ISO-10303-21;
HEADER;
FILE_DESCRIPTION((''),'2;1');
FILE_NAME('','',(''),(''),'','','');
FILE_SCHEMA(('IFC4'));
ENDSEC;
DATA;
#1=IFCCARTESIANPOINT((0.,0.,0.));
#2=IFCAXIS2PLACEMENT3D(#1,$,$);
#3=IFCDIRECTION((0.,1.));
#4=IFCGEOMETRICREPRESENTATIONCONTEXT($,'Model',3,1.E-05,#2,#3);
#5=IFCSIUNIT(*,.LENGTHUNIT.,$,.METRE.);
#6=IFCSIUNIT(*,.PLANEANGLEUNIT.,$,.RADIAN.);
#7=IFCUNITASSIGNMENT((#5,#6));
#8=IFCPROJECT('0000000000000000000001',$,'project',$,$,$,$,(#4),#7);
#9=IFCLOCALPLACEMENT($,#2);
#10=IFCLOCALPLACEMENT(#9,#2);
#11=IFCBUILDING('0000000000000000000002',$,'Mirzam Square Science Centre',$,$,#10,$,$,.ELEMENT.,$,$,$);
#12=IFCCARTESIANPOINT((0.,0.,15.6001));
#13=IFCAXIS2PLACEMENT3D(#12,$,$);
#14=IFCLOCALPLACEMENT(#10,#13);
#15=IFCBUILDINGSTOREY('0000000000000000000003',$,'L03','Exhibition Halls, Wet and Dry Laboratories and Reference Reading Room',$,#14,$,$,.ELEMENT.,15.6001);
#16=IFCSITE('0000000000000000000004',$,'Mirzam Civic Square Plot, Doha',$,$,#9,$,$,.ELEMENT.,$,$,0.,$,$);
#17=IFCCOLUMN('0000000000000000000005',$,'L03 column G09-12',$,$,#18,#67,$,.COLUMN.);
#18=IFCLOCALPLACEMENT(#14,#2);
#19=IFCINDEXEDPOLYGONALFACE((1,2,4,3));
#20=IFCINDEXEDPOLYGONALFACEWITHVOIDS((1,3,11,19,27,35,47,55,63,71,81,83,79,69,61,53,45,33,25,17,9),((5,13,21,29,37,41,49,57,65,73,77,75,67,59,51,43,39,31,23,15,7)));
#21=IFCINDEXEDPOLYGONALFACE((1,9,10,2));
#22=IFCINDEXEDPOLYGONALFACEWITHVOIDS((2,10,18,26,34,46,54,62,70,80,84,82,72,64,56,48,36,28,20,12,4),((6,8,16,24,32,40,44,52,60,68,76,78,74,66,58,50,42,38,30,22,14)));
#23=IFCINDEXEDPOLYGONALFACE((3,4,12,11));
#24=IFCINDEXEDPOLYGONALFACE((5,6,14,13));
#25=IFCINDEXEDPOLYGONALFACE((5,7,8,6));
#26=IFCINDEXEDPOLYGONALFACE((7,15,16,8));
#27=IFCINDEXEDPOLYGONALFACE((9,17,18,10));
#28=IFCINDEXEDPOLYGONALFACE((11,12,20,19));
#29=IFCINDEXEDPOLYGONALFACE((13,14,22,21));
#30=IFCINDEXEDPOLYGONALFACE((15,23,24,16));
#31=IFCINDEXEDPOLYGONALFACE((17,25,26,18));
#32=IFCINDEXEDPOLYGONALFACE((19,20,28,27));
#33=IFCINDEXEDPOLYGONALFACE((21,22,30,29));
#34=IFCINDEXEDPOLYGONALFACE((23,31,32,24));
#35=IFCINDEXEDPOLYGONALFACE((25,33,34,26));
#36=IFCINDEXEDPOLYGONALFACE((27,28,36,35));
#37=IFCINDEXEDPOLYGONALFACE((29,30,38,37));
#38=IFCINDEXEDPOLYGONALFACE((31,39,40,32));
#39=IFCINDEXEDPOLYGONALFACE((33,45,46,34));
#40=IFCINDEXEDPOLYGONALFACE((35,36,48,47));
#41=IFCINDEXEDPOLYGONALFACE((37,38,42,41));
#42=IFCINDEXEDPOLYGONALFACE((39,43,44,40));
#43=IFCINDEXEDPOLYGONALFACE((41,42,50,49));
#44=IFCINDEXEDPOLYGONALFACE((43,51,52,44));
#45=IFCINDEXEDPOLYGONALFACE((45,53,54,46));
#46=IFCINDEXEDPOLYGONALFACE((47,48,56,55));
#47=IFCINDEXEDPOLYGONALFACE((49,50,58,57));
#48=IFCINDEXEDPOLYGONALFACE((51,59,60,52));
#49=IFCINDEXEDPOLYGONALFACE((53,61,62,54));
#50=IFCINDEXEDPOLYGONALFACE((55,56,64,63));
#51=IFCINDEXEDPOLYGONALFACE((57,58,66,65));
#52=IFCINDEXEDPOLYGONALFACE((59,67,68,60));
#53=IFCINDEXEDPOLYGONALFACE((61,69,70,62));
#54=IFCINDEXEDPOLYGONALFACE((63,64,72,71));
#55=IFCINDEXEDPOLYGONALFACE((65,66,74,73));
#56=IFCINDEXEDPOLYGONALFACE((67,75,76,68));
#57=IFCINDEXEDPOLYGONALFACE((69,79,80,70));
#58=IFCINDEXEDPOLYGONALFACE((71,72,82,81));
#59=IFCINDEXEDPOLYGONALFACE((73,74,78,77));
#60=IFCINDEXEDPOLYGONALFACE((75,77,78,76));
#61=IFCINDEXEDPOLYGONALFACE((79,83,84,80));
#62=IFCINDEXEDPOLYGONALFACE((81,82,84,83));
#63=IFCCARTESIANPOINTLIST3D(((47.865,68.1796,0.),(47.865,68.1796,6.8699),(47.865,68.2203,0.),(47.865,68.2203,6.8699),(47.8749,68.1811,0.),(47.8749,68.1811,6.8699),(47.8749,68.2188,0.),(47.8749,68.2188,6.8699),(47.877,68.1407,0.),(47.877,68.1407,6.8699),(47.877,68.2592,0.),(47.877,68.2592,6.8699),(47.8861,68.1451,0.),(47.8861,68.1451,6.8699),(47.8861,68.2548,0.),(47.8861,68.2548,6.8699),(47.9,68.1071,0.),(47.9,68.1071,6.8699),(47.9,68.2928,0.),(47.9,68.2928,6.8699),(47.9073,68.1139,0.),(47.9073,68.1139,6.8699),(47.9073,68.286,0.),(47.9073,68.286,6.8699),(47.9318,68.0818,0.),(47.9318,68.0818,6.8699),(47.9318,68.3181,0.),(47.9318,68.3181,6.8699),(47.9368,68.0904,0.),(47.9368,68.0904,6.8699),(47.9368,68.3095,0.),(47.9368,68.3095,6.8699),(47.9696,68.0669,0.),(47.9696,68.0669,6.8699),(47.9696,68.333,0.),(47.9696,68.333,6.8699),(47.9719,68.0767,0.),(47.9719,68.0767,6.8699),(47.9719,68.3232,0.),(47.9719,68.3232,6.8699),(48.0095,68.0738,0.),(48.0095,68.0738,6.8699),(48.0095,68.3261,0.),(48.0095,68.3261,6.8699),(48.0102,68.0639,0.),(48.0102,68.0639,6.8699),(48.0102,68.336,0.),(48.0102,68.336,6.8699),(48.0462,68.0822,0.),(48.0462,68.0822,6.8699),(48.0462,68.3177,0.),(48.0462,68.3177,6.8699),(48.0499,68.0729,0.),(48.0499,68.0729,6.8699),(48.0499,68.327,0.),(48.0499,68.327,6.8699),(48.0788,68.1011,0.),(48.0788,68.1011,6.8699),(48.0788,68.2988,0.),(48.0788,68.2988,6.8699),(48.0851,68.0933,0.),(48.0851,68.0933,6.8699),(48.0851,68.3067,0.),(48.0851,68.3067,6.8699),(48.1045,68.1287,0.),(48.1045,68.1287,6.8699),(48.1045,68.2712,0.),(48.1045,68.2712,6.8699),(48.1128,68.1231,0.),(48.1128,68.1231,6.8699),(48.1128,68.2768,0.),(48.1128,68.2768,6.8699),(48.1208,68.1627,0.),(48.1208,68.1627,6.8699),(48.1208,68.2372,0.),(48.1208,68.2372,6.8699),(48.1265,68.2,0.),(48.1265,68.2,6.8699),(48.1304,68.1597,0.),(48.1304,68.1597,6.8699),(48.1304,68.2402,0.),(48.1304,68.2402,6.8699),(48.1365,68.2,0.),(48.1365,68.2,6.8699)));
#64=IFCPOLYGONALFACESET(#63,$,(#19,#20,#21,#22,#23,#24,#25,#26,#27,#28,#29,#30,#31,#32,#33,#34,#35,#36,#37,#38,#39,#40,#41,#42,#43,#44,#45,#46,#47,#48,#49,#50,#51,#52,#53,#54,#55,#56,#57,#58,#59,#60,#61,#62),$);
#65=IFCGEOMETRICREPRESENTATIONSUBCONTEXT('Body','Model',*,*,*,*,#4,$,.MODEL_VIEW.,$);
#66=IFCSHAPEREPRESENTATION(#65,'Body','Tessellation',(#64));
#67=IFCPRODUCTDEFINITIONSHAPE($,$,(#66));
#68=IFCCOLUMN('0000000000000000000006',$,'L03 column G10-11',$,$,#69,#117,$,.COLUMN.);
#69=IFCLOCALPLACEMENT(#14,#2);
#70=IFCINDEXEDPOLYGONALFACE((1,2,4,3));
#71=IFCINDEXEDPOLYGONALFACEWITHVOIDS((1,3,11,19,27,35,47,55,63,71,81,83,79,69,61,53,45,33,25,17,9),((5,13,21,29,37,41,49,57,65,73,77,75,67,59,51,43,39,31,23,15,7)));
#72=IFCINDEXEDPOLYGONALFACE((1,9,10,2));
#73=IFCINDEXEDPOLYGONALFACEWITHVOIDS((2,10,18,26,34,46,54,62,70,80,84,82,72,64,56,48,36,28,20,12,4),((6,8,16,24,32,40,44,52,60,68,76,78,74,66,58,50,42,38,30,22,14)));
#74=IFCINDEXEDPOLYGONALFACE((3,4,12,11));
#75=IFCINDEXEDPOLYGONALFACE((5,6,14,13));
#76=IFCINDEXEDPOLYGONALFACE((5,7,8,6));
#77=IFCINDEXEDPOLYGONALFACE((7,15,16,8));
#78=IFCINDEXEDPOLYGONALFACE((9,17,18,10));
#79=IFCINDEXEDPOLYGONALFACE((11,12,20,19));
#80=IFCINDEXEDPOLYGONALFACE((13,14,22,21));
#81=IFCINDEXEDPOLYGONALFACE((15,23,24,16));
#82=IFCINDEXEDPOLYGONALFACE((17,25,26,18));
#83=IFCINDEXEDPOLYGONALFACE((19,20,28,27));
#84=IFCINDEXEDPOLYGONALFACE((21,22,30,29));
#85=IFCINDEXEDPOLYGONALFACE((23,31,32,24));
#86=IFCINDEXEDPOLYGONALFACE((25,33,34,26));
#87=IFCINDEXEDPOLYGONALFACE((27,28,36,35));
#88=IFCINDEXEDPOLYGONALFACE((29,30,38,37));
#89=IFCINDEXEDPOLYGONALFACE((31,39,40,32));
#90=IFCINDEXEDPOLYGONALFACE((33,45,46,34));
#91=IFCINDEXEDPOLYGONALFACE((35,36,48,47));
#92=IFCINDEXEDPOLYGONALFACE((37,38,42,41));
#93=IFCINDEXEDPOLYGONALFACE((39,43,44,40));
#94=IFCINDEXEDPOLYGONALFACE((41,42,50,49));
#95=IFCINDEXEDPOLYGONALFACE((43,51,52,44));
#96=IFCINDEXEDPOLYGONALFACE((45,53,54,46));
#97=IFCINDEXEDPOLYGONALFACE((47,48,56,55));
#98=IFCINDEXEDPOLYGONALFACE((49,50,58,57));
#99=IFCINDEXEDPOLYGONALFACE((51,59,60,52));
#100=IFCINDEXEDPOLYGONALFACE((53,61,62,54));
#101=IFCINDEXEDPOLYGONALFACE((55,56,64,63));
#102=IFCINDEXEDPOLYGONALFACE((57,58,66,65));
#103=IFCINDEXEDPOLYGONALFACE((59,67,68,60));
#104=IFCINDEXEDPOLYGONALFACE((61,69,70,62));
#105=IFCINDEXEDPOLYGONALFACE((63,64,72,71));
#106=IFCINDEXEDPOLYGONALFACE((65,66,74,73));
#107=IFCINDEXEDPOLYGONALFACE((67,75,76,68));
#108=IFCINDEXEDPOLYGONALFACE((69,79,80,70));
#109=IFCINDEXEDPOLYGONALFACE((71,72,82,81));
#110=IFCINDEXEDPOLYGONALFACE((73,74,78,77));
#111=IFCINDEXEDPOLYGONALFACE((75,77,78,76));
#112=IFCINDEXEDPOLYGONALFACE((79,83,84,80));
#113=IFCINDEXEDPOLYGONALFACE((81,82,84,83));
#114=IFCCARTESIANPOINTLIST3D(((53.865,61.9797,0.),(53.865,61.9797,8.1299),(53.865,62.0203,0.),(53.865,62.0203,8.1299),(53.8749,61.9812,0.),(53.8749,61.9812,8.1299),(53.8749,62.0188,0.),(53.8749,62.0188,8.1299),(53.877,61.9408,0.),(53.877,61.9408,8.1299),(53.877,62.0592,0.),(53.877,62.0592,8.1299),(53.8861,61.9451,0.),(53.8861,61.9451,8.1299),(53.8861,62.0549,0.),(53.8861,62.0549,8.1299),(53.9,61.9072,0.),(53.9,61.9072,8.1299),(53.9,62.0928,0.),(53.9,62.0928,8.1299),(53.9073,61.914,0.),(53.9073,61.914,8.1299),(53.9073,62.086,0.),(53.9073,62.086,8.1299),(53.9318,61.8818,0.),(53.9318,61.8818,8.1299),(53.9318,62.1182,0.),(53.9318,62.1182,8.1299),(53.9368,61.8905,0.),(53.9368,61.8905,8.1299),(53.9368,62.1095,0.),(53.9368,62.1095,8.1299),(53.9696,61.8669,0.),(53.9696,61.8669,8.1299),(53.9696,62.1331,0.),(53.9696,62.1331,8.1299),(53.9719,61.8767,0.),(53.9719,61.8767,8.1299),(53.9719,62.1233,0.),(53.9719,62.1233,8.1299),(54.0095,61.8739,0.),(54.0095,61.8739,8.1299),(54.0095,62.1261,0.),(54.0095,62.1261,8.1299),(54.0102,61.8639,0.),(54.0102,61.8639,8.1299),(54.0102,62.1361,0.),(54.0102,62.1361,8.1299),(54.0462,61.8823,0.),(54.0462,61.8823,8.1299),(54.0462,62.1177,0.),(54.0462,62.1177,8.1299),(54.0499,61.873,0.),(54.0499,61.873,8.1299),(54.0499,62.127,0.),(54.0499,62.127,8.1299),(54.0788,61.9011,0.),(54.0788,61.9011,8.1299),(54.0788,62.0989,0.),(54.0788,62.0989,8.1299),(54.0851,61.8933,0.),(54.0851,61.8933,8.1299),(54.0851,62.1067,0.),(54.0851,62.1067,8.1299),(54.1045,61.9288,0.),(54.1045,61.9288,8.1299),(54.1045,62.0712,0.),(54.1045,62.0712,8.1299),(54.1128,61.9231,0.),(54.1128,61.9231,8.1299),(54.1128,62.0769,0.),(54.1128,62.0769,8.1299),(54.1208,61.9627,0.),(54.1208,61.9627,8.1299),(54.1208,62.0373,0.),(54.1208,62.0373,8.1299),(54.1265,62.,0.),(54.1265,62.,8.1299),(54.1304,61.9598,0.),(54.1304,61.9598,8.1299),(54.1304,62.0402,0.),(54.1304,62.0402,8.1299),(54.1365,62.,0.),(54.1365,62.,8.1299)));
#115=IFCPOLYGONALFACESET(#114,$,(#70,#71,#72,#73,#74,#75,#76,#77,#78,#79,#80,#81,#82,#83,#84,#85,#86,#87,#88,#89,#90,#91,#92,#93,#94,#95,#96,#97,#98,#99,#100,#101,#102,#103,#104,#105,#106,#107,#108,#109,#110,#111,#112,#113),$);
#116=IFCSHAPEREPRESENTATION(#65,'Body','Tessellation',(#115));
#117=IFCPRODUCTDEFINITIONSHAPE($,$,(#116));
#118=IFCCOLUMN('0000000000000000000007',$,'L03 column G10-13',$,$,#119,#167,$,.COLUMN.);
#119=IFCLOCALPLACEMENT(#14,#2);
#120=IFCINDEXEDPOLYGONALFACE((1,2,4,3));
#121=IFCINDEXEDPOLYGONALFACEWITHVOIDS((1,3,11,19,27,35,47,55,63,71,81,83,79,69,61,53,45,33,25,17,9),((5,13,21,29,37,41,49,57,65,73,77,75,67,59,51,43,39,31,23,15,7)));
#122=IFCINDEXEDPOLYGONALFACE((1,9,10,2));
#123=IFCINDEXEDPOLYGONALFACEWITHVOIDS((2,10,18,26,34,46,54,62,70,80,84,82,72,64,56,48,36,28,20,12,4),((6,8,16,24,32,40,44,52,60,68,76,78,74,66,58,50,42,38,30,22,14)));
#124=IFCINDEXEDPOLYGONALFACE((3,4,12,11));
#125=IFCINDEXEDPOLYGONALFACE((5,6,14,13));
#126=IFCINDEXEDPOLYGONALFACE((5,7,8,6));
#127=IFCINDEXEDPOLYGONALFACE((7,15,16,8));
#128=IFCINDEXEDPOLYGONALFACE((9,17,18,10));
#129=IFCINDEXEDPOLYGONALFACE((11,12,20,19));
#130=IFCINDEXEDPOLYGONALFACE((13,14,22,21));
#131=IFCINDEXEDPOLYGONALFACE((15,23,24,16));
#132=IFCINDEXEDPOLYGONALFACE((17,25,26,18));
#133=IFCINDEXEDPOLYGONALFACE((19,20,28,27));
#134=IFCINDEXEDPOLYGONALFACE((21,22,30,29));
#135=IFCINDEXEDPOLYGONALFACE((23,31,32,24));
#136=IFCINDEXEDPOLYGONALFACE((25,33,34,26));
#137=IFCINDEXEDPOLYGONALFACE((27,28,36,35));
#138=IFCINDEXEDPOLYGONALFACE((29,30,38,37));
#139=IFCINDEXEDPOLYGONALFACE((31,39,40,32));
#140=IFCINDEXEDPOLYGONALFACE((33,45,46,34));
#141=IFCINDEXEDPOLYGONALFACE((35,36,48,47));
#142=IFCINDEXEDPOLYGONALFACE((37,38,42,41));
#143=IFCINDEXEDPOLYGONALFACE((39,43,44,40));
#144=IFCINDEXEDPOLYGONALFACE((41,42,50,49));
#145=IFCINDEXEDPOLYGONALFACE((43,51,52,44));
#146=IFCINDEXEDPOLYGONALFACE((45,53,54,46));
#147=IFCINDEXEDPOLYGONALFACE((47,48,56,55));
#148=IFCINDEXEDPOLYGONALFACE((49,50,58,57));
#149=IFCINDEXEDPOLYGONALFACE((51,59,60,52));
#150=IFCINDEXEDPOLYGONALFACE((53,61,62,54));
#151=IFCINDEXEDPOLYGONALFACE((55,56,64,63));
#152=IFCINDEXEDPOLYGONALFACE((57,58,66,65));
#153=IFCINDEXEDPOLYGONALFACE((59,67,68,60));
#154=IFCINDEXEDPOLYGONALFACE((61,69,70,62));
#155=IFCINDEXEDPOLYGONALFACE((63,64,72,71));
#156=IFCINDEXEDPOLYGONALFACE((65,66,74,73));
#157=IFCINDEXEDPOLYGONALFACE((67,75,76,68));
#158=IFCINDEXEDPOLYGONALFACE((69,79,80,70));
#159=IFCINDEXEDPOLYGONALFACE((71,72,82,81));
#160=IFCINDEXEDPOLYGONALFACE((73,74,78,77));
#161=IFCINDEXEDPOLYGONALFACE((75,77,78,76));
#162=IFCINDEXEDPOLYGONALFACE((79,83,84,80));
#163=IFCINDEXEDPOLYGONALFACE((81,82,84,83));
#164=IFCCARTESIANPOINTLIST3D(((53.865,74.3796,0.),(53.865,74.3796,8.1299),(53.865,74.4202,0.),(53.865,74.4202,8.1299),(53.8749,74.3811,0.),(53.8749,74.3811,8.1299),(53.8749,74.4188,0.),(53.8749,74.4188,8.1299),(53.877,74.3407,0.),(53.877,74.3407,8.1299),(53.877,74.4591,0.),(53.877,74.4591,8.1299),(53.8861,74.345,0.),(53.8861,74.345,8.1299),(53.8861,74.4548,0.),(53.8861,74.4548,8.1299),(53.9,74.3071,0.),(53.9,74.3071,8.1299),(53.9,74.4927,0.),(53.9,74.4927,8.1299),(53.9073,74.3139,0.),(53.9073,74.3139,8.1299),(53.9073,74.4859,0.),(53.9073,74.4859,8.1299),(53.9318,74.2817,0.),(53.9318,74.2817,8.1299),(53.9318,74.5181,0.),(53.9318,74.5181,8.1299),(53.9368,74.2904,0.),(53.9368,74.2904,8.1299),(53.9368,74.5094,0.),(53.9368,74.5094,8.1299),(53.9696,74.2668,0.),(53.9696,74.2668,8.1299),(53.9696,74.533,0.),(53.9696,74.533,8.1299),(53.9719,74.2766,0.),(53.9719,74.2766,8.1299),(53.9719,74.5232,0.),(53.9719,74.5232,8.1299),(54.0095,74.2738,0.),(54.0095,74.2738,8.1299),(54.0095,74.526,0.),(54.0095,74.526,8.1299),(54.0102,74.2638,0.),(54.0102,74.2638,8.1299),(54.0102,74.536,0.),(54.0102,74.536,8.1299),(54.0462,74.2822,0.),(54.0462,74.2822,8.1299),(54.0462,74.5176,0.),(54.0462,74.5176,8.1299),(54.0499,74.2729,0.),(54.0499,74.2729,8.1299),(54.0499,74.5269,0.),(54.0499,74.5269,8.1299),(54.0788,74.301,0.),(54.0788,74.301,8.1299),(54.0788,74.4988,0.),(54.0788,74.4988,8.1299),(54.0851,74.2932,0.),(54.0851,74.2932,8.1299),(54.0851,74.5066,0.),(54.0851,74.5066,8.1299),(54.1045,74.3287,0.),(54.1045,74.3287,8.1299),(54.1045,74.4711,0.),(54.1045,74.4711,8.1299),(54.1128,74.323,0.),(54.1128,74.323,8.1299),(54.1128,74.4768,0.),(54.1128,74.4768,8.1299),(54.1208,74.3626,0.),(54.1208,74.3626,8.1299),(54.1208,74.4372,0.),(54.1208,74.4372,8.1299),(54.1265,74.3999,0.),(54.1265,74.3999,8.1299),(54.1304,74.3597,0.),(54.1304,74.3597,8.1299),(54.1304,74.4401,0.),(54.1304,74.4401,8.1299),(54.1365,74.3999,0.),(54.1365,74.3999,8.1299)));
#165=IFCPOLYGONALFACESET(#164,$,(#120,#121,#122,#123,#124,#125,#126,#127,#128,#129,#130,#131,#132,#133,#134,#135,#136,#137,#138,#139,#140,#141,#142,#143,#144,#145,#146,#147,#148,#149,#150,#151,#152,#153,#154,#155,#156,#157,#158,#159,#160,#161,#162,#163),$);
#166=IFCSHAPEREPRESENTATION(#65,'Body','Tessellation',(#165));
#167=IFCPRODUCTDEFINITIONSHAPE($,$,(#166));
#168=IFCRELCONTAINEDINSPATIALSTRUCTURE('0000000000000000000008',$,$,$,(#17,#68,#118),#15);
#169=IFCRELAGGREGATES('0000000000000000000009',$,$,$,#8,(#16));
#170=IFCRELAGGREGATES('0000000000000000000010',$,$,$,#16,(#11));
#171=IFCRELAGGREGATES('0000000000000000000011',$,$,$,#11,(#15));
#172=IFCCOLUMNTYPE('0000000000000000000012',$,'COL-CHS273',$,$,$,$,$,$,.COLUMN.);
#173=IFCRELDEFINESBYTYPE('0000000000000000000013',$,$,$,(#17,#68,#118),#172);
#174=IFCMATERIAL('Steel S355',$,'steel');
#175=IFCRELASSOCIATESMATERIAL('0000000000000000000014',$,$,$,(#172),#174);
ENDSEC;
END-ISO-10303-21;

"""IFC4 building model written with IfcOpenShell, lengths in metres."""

from ifc_helpers import new_model, si_unit, direction, frame, origin, origin_2d, place, context, subcontext, project, spatial, hollow_circle, extrude, material, material_profile, profile_set, type_object, element, save


model = new_model("IFC4")

# Units and contexts
model_context = context("Model", 3, precision=1e-05, world=origin(), true_north=direction((0.0, 1.0)))
body_context = subcontext(model_context, "Body", "Model", "MODEL_VIEW")
ifc_project = project(units=[si_unit("LENGTHUNIT", "METRE"), si_unit("PLANEANGLEUNIT", "RADIAN")], contexts=[model_context])

# Site, building, storey
site_placement = place(None, origin())
site = spatial("IfcSite", under=ifc_project, at=site_placement, Name="Mirzam Civic Square Plot, Doha", CompositionType="ELEMENT", RefElevation=0.0)
building_placement = place(site_placement, origin())
building = spatial("IfcBuilding", under=site, at=building_placement, Name="Mirzam Square Science Centre", CompositionType="ELEMENT")
storey_placement = place(building_placement, frame((0.0, 0.0, 15.6001)))
storey = spatial("IfcBuildingStorey", under=building, at=storey_placement, Name="L03", Description="Exhibition Halls, Wet and Dry Laboratories and Reference Reading Room", CompositionType="ELEMENT", Elevation=15.6001)

# Columns
ifc_material_1 = material(Name="Steel S355", Category="steel")
ifc_material_profile_1 = material_profile(ifc_material_1, hollow_circle(Radius=0.1365, WallThickness=0.01, at=origin_2d()), Name="273.0x10.0CHS")
ifc_profile_set_1 = profile_set([ifc_material_profile_1], Name="Steel S355")
column_type_1 = type_object("IfcColumnType", Name="COL-CHS273", PredefinedType="COLUMN", material=ifc_profile_set_1)
column_1_placement = place(storey_placement, frame((48.0, 68.2, 0.0), z_axis=(0.0, 0.0, 1.0), x_axis=(1.0, 0.0, 0.0)))
element("IfcColumn", 1, at=column_1_placement, inside=storey, type_object=column_type_1, Name="L03 column G09-12", PredefinedType="COLUMN", context=body_context, shape_type="SweptSolid", body=[
    extrude(hollow_circle(Radius=0.1365, WallThickness=0.01, at=origin_2d()), origin(), (0.0, 0.0, 1.0), 6.8699),
])
for number, where, z_axis, x_axis, name in (
    (2, (54.0, 62.0, 0.0), (0.0, 0.0, 1.0), (1.0, 0.0, 0.0), "L03 column G10-11"),
    (3, (54.0, 74.3999, 0.0), (0.0, 0.0, 1.0), (1.0, 0.0, 0.0), "L03 column G10-13"),
):
    element("IfcColumn", number, at=place(storey_placement, frame(where, z_axis=z_axis, x_axis=x_axis)), inside=storey, type_object=column_type_1, Name=name, PredefinedType="COLUMN", context=body_context, shape_type="SweptSolid", body=[
        extrude(hollow_circle(Radius=0.1365, WallThickness=0.01, at=origin_2d()), origin(), (0.0, 0.0, 1.0), 8.1299),
    ])

save(model, "model.ifc")
